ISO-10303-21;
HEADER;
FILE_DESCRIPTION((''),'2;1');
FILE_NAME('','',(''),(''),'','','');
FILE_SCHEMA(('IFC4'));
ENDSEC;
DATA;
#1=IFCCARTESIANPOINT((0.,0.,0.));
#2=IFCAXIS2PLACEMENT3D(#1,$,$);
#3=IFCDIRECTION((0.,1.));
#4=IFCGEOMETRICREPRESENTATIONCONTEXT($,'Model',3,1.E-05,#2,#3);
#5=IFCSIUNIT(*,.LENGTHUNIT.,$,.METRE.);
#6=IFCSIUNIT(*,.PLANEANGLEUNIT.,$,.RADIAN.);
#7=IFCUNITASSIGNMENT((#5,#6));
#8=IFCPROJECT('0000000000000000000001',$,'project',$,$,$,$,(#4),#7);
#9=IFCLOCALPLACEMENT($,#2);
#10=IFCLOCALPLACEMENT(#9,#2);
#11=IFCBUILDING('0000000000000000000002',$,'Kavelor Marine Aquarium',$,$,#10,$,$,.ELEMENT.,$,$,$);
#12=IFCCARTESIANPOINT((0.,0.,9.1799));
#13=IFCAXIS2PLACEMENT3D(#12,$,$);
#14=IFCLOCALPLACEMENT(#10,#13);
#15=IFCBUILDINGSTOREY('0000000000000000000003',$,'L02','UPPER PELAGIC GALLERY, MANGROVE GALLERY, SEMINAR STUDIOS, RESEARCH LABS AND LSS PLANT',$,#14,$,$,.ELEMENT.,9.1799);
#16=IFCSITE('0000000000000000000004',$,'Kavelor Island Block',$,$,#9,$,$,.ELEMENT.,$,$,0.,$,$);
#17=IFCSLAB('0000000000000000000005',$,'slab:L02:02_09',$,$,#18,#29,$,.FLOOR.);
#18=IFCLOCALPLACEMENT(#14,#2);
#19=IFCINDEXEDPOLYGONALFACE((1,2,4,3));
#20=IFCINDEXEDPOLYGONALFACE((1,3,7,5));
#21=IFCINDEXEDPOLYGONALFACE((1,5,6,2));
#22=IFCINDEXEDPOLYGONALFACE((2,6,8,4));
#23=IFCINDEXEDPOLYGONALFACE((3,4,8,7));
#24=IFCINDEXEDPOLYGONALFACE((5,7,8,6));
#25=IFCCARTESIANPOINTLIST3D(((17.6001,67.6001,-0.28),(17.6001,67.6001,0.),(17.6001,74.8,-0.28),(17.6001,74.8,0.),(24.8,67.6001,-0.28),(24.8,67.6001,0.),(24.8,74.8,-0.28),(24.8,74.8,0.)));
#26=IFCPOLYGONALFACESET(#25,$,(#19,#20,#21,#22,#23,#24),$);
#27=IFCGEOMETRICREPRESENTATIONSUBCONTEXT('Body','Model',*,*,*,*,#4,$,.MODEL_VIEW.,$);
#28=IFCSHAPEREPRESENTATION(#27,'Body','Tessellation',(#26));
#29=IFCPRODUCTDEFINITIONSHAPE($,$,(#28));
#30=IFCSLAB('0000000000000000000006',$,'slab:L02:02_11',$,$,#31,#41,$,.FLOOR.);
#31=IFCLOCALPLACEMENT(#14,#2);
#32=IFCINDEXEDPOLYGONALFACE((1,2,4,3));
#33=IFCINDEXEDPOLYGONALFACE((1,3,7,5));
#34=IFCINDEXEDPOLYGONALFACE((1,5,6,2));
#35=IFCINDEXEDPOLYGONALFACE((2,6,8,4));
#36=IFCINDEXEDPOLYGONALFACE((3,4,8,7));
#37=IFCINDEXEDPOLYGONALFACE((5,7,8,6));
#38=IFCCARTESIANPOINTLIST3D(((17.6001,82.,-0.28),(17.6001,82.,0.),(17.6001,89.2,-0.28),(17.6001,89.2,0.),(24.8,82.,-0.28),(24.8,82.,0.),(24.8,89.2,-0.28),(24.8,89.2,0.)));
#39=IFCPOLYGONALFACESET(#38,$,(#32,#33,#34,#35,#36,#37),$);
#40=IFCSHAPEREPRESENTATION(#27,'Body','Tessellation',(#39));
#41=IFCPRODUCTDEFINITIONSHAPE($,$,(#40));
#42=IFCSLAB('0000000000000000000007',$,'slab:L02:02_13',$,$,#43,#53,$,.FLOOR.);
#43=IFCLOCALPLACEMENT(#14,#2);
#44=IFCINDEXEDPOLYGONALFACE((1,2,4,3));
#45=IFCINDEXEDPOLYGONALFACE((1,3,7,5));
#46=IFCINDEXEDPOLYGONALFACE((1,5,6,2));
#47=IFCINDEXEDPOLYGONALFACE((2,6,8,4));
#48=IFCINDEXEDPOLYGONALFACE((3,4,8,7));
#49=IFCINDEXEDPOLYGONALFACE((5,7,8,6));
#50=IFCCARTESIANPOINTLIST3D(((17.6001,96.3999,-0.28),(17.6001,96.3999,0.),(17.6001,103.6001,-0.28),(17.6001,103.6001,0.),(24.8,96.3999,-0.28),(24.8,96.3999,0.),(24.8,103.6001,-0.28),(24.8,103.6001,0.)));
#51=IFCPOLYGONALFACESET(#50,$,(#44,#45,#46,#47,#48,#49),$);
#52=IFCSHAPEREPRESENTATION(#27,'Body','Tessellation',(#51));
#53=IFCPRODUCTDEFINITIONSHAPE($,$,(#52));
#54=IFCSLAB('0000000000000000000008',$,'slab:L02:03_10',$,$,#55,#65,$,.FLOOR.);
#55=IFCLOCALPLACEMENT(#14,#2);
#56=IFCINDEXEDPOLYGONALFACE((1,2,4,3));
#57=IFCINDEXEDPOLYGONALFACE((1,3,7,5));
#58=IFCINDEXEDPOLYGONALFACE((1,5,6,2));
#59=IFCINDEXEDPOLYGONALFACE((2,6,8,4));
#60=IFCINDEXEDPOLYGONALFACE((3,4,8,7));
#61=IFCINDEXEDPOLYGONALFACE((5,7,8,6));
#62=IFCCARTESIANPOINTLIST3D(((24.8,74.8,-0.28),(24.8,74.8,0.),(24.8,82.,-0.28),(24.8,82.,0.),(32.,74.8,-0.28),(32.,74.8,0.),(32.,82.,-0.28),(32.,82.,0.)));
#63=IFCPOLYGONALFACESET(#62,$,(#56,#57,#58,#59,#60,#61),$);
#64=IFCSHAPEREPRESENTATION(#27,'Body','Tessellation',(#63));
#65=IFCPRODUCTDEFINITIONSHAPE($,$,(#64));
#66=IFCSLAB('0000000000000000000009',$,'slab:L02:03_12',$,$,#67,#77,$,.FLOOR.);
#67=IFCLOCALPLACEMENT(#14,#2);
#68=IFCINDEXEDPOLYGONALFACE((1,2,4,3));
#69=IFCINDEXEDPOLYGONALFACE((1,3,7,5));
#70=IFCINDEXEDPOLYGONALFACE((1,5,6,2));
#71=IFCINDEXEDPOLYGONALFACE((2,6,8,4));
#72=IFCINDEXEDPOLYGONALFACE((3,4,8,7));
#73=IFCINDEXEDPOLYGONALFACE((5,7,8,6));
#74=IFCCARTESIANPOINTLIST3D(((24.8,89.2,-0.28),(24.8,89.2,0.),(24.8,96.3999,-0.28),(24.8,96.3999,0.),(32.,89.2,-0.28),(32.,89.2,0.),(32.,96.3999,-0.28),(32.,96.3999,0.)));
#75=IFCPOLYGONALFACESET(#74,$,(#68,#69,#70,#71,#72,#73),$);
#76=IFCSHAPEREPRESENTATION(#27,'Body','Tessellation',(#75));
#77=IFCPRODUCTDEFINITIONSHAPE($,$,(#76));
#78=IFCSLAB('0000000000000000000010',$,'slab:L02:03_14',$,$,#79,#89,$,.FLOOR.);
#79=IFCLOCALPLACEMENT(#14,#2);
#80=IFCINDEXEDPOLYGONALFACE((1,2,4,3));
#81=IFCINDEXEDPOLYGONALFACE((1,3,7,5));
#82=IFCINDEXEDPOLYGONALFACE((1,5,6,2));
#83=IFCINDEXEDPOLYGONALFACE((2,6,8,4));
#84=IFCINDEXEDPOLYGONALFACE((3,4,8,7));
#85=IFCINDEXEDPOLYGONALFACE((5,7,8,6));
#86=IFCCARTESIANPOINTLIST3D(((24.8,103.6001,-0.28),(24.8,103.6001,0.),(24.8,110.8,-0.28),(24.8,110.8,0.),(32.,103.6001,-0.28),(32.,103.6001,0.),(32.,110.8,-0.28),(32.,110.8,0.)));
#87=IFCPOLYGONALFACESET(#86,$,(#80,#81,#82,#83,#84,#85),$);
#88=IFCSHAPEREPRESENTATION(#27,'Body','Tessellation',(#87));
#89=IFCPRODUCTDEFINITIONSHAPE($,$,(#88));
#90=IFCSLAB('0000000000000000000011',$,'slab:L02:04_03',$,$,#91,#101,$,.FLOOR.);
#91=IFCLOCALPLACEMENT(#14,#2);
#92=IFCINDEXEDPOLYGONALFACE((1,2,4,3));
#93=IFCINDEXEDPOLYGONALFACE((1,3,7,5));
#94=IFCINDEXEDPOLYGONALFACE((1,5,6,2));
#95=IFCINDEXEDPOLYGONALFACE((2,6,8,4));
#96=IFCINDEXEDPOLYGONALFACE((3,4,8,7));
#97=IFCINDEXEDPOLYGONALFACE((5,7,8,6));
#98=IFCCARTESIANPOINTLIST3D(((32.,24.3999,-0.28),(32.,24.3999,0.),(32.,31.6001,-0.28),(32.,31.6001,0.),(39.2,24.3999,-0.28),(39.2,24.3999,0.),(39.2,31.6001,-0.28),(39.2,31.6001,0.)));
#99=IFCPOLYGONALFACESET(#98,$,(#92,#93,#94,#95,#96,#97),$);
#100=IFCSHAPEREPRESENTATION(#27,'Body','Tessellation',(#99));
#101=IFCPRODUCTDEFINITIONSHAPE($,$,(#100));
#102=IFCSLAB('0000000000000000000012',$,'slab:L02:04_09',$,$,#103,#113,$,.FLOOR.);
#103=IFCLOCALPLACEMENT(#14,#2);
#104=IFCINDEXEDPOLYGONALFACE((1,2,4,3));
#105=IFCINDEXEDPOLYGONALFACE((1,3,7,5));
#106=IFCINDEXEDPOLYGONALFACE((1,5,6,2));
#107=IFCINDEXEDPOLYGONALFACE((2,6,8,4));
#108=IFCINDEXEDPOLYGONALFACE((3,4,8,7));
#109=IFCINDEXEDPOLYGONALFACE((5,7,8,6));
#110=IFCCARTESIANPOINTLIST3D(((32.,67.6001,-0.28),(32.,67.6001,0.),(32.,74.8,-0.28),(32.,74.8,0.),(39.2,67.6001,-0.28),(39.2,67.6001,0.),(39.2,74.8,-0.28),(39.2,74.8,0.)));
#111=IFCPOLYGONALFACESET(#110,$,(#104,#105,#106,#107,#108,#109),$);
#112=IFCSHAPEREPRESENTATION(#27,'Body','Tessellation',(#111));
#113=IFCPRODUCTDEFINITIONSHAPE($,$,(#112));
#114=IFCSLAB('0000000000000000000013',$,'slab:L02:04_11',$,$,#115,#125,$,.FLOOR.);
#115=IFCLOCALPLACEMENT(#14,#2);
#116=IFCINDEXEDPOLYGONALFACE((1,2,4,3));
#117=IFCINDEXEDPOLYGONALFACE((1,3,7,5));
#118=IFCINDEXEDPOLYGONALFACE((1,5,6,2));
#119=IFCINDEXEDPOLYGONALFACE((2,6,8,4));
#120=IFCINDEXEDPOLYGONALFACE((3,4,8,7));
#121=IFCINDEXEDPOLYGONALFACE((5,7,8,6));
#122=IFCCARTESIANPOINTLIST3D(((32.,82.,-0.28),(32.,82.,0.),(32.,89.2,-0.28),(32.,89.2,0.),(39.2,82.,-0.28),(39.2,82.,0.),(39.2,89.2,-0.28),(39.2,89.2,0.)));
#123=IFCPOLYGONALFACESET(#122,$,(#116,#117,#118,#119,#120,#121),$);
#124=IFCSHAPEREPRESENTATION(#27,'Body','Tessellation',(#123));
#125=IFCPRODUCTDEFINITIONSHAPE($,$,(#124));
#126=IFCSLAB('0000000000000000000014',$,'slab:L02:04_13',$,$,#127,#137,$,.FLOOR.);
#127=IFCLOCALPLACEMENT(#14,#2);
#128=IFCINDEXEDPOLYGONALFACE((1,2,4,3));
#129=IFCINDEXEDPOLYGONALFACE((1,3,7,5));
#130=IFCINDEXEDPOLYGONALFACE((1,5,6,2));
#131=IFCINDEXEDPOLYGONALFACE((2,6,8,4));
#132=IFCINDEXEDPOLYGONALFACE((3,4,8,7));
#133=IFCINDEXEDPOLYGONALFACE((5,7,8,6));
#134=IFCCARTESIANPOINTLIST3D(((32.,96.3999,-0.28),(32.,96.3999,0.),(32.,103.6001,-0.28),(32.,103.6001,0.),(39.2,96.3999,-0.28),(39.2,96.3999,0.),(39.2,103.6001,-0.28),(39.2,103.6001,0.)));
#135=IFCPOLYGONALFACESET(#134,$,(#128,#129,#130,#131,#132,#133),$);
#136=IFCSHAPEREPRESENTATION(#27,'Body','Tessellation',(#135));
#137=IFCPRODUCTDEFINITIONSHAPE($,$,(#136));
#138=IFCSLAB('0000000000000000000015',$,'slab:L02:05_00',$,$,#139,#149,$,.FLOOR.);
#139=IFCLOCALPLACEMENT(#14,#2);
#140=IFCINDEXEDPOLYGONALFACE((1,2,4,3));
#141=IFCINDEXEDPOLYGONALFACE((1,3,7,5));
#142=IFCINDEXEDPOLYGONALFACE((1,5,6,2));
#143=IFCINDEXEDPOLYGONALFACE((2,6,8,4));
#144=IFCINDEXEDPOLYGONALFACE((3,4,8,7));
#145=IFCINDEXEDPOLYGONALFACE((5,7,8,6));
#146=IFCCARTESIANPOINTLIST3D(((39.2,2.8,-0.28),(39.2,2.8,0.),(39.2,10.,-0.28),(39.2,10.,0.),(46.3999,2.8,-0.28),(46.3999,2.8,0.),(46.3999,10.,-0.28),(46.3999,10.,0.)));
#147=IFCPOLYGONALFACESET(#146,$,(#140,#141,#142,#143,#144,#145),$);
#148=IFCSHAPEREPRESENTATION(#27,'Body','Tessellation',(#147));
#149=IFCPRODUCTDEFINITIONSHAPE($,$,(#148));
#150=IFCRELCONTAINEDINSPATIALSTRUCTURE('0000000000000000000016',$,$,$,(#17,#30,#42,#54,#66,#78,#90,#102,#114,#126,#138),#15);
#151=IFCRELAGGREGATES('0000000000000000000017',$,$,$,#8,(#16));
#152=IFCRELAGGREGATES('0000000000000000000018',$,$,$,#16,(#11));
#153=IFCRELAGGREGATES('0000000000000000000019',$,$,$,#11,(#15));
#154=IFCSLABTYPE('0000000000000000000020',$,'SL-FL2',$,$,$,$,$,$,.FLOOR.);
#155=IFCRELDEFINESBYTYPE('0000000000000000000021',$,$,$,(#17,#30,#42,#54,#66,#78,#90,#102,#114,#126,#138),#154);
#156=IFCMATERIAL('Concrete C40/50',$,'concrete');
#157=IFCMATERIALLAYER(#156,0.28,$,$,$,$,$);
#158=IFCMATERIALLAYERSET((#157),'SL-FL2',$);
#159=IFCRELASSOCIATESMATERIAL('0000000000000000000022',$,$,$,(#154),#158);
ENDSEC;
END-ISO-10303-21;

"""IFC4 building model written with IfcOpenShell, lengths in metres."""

from ifc_helpers import new_model, si_unit, direction, frame, origin, place, context, subcontext, project, spatial, polyline, outline, extrude, material, layer, layer_set, type_object, element, save


model = new_model("IFC4")

# Units and contexts
model_context = context("Model", 3, precision=1e-05, world=origin(), true_north=direction((0.0, 1.0)))
body_context = subcontext(model_context, "Body", "Model", "MODEL_VIEW")
ifc_project = project(units=[si_unit("LENGTHUNIT", "METRE"), si_unit("PLANEANGLEUNIT", "RADIAN")], contexts=[model_context])

# Site, building, storey
site_placement = place(None, origin())
site = spatial("IfcSite", under=ifc_project, at=site_placement, Name="Kavelor Island Block", CompositionType="ELEMENT", RefElevation=0.0)
building_placement = place(site_placement, origin())
building = spatial("IfcBuilding", under=site, at=building_placement, Name="Kavelor Marine Aquarium", CompositionType="ELEMENT")
storey_placement = place(building_placement, frame((0.0, 0.0, 9.1799)))
storey = spatial("IfcBuildingStorey", under=building, at=storey_placement, Name="L02", Description="UPPER PELAGIC GALLERY, MANGROVE GALLERY, SEMINAR STUDIOS, RESEARCH LABS AND LSS PLANT", CompositionType="ELEMENT", Elevation=9.1799)

# Slabs
ifc_material_1 = material(Name="Concrete C40/50", Category="concrete")
ifc_layer_1 = layer(ifc_material_1, 0.28)
ifc_layer_set_1 = layer_set([ifc_layer_1], Name="SL-FL2")
slab_type_1 = type_object("IfcSlabType", Name="SL-FL2", PredefinedType="FLOOR", material=ifc_layer_set_1)
slab_1_placement = place(storey_placement, frame((0.0, 0.0, -0.28)))
element("IfcSlab", 1, at=slab_1_placement, inside=storey, type_object=slab_type_1, Name="slab:L02:02_09", PredefinedType="FLOOR", context=body_context, shape_type="SweptSolid", body=[
    extrude(outline(polyline([(17.6001, 67.6001), (24.8, 67.6001), (24.8, 74.8), (17.6001, 74.8), (17.6001, 67.6001)])), origin(), (0.0, 0.0, 1.0), 0.28),
])
slab_2_placement = place(storey_placement, frame((0.0, 0.0, -0.28)))
element("IfcSlab", 2, at=slab_2_placement, inside=storey, type_object=slab_type_1, Name="slab:L02:02_11", PredefinedType="FLOOR", context=body_context, shape_type="SweptSolid", body=[
    extrude(outline(polyline([(17.6001, 82.0), (24.8, 82.0), (24.8, 89.2), (17.6001, 89.2), (17.6001, 82.0)])), origin(), (0.0, 0.0, 1.0), 0.28),
])
slab_3_placement = place(storey_placement, frame((0.0, 0.0, -0.28)))
element("IfcSlab", 3, at=slab_3_placement, inside=storey, type_object=slab_type_1, Name="slab:L02:02_13", PredefinedType="FLOOR", context=body_context, shape_type="SweptSolid", body=[
    extrude(outline(polyline([(17.6001, 96.3999), (24.8, 96.3999), (24.8, 103.6001), (17.6001, 103.6001), (17.6001, 96.3999)])), origin(), (0.0, 0.0, 1.0), 0.28),
])
slab_4_placement = place(storey_placement, frame((0.0, 0.0, -0.28)))
element("IfcSlab", 4, at=slab_4_placement, inside=storey, type_object=slab_type_1, Name="slab:L02:03_10", PredefinedType="FLOOR", context=body_context, shape_type="SweptSolid", body=[
    extrude(outline(polyline([(24.8, 74.8), (32.0, 74.8), (32.0, 82.0), (24.8, 82.0), (24.8, 74.8)])), origin(), (0.0, 0.0, 1.0), 0.28),
])
slab_5_placement = place(storey_placement, frame((0.0, 0.0, -0.28)))
element("IfcSlab", 5, at=slab_5_placement, inside=storey, type_object=slab_type_1, Name="slab:L02:03_12", PredefinedType="FLOOR", context=body_context, shape_type="SweptSolid", body=[
    extrude(outline(polyline([(24.8, 89.2), (32.0, 89.2), (32.0, 96.3999), (24.8, 96.3999), (24.8, 89.2)])), origin(), (0.0, 0.0, 1.0), 0.28),
])
slab_6_placement = place(storey_placement, frame((0.0, 0.0, -0.28)))
element("IfcSlab", 6, at=slab_6_placement, inside=storey, type_object=slab_type_1, Name="slab:L02:03_14", PredefinedType="FLOOR", context=body_context, shape_type="SweptSolid", body=[
    extrude(outline(polyline([(24.8, 103.6001), (32.0, 103.6001), (32.0, 110.8), (24.8, 110.8), (24.8, 103.6001)])), origin(), (0.0, 0.0, 1.0), 0.28),
])
slab_7_placement = place(storey_placement, frame((0.0, 0.0, -0.28)))
element("IfcSlab", 7, at=slab_7_placement, inside=storey, type_object=slab_type_1, Name="slab:L02:04_03", PredefinedType="FLOOR", context=body_context, shape_type="SweptSolid", body=[
    extrude(outline(polyline([(32.0, 24.3999), (39.2, 24.3999), (39.2, 31.6001), (32.0, 31.6001), (32.0, 24.3999)])), origin(), (0.0, 0.0, 1.0), 0.28),
])
slab_8_placement = place(storey_placement, frame((0.0, 0.0, -0.28)))
element("IfcSlab", 8, at=slab_8_placement, inside=storey, type_object=slab_type_1, Name="slab:L02:04_09", PredefinedType="FLOOR", context=body_context, shape_type="SweptSolid", body=[
    extrude(outline(polyline([(32.0, 67.6001), (39.2, 67.6001), (39.2, 74.8), (32.0, 74.8), (32.0, 67.6001)])), origin(), (0.0, 0.0, 1.0), 0.28),
])
slab_9_placement = place(storey_placement, frame((0.0, 0.0, -0.28)))
element("IfcSlab", 9, at=slab_9_placement, inside=storey, type_object=slab_type_1, Name="slab:L02:04_11", PredefinedType="FLOOR", context=body_context, shape_type="SweptSolid", body=[
    extrude(outline(polyline([(32.0, 82.0), (39.2, 82.0), (39.2, 89.2), (32.0, 89.2), (32.0, 82.0)])), origin(), (0.0, 0.0, 1.0), 0.28),
])
slab_10_placement = place(storey_placement, frame((0.0, 0.0, -0.28)))
element("IfcSlab", 10, at=slab_10_placement, inside=storey, type_object=slab_type_1, Name="slab:L02:04_13", PredefinedType="FLOOR", context=body_context, shape_type="SweptSolid", body=[
    extrude(outline(polyline([(32.0, 96.3999), (39.2, 96.3999), (39.2, 103.6001), (32.0, 103.6001), (32.0, 96.3999)])), origin(), (0.0, 0.0, 1.0), 0.28),
])
slab_11_placement = place(storey_placement, frame((0.0, 0.0, -0.28)))
element("IfcSlab", 11, at=slab_11_placement, inside=storey, type_object=slab_type_1, Name="slab:L02:05_00", PredefinedType="FLOOR", context=body_context, shape_type="SweptSolid", body=[
    extrude(outline(polyline([(39.2, 2.8), (46.3999, 2.8), (46.3999, 10.0), (39.2, 10.0), (39.2, 2.8)])), origin(), (0.0, 0.0, 1.0), 0.28),
])

save(model, "model.ifc")
